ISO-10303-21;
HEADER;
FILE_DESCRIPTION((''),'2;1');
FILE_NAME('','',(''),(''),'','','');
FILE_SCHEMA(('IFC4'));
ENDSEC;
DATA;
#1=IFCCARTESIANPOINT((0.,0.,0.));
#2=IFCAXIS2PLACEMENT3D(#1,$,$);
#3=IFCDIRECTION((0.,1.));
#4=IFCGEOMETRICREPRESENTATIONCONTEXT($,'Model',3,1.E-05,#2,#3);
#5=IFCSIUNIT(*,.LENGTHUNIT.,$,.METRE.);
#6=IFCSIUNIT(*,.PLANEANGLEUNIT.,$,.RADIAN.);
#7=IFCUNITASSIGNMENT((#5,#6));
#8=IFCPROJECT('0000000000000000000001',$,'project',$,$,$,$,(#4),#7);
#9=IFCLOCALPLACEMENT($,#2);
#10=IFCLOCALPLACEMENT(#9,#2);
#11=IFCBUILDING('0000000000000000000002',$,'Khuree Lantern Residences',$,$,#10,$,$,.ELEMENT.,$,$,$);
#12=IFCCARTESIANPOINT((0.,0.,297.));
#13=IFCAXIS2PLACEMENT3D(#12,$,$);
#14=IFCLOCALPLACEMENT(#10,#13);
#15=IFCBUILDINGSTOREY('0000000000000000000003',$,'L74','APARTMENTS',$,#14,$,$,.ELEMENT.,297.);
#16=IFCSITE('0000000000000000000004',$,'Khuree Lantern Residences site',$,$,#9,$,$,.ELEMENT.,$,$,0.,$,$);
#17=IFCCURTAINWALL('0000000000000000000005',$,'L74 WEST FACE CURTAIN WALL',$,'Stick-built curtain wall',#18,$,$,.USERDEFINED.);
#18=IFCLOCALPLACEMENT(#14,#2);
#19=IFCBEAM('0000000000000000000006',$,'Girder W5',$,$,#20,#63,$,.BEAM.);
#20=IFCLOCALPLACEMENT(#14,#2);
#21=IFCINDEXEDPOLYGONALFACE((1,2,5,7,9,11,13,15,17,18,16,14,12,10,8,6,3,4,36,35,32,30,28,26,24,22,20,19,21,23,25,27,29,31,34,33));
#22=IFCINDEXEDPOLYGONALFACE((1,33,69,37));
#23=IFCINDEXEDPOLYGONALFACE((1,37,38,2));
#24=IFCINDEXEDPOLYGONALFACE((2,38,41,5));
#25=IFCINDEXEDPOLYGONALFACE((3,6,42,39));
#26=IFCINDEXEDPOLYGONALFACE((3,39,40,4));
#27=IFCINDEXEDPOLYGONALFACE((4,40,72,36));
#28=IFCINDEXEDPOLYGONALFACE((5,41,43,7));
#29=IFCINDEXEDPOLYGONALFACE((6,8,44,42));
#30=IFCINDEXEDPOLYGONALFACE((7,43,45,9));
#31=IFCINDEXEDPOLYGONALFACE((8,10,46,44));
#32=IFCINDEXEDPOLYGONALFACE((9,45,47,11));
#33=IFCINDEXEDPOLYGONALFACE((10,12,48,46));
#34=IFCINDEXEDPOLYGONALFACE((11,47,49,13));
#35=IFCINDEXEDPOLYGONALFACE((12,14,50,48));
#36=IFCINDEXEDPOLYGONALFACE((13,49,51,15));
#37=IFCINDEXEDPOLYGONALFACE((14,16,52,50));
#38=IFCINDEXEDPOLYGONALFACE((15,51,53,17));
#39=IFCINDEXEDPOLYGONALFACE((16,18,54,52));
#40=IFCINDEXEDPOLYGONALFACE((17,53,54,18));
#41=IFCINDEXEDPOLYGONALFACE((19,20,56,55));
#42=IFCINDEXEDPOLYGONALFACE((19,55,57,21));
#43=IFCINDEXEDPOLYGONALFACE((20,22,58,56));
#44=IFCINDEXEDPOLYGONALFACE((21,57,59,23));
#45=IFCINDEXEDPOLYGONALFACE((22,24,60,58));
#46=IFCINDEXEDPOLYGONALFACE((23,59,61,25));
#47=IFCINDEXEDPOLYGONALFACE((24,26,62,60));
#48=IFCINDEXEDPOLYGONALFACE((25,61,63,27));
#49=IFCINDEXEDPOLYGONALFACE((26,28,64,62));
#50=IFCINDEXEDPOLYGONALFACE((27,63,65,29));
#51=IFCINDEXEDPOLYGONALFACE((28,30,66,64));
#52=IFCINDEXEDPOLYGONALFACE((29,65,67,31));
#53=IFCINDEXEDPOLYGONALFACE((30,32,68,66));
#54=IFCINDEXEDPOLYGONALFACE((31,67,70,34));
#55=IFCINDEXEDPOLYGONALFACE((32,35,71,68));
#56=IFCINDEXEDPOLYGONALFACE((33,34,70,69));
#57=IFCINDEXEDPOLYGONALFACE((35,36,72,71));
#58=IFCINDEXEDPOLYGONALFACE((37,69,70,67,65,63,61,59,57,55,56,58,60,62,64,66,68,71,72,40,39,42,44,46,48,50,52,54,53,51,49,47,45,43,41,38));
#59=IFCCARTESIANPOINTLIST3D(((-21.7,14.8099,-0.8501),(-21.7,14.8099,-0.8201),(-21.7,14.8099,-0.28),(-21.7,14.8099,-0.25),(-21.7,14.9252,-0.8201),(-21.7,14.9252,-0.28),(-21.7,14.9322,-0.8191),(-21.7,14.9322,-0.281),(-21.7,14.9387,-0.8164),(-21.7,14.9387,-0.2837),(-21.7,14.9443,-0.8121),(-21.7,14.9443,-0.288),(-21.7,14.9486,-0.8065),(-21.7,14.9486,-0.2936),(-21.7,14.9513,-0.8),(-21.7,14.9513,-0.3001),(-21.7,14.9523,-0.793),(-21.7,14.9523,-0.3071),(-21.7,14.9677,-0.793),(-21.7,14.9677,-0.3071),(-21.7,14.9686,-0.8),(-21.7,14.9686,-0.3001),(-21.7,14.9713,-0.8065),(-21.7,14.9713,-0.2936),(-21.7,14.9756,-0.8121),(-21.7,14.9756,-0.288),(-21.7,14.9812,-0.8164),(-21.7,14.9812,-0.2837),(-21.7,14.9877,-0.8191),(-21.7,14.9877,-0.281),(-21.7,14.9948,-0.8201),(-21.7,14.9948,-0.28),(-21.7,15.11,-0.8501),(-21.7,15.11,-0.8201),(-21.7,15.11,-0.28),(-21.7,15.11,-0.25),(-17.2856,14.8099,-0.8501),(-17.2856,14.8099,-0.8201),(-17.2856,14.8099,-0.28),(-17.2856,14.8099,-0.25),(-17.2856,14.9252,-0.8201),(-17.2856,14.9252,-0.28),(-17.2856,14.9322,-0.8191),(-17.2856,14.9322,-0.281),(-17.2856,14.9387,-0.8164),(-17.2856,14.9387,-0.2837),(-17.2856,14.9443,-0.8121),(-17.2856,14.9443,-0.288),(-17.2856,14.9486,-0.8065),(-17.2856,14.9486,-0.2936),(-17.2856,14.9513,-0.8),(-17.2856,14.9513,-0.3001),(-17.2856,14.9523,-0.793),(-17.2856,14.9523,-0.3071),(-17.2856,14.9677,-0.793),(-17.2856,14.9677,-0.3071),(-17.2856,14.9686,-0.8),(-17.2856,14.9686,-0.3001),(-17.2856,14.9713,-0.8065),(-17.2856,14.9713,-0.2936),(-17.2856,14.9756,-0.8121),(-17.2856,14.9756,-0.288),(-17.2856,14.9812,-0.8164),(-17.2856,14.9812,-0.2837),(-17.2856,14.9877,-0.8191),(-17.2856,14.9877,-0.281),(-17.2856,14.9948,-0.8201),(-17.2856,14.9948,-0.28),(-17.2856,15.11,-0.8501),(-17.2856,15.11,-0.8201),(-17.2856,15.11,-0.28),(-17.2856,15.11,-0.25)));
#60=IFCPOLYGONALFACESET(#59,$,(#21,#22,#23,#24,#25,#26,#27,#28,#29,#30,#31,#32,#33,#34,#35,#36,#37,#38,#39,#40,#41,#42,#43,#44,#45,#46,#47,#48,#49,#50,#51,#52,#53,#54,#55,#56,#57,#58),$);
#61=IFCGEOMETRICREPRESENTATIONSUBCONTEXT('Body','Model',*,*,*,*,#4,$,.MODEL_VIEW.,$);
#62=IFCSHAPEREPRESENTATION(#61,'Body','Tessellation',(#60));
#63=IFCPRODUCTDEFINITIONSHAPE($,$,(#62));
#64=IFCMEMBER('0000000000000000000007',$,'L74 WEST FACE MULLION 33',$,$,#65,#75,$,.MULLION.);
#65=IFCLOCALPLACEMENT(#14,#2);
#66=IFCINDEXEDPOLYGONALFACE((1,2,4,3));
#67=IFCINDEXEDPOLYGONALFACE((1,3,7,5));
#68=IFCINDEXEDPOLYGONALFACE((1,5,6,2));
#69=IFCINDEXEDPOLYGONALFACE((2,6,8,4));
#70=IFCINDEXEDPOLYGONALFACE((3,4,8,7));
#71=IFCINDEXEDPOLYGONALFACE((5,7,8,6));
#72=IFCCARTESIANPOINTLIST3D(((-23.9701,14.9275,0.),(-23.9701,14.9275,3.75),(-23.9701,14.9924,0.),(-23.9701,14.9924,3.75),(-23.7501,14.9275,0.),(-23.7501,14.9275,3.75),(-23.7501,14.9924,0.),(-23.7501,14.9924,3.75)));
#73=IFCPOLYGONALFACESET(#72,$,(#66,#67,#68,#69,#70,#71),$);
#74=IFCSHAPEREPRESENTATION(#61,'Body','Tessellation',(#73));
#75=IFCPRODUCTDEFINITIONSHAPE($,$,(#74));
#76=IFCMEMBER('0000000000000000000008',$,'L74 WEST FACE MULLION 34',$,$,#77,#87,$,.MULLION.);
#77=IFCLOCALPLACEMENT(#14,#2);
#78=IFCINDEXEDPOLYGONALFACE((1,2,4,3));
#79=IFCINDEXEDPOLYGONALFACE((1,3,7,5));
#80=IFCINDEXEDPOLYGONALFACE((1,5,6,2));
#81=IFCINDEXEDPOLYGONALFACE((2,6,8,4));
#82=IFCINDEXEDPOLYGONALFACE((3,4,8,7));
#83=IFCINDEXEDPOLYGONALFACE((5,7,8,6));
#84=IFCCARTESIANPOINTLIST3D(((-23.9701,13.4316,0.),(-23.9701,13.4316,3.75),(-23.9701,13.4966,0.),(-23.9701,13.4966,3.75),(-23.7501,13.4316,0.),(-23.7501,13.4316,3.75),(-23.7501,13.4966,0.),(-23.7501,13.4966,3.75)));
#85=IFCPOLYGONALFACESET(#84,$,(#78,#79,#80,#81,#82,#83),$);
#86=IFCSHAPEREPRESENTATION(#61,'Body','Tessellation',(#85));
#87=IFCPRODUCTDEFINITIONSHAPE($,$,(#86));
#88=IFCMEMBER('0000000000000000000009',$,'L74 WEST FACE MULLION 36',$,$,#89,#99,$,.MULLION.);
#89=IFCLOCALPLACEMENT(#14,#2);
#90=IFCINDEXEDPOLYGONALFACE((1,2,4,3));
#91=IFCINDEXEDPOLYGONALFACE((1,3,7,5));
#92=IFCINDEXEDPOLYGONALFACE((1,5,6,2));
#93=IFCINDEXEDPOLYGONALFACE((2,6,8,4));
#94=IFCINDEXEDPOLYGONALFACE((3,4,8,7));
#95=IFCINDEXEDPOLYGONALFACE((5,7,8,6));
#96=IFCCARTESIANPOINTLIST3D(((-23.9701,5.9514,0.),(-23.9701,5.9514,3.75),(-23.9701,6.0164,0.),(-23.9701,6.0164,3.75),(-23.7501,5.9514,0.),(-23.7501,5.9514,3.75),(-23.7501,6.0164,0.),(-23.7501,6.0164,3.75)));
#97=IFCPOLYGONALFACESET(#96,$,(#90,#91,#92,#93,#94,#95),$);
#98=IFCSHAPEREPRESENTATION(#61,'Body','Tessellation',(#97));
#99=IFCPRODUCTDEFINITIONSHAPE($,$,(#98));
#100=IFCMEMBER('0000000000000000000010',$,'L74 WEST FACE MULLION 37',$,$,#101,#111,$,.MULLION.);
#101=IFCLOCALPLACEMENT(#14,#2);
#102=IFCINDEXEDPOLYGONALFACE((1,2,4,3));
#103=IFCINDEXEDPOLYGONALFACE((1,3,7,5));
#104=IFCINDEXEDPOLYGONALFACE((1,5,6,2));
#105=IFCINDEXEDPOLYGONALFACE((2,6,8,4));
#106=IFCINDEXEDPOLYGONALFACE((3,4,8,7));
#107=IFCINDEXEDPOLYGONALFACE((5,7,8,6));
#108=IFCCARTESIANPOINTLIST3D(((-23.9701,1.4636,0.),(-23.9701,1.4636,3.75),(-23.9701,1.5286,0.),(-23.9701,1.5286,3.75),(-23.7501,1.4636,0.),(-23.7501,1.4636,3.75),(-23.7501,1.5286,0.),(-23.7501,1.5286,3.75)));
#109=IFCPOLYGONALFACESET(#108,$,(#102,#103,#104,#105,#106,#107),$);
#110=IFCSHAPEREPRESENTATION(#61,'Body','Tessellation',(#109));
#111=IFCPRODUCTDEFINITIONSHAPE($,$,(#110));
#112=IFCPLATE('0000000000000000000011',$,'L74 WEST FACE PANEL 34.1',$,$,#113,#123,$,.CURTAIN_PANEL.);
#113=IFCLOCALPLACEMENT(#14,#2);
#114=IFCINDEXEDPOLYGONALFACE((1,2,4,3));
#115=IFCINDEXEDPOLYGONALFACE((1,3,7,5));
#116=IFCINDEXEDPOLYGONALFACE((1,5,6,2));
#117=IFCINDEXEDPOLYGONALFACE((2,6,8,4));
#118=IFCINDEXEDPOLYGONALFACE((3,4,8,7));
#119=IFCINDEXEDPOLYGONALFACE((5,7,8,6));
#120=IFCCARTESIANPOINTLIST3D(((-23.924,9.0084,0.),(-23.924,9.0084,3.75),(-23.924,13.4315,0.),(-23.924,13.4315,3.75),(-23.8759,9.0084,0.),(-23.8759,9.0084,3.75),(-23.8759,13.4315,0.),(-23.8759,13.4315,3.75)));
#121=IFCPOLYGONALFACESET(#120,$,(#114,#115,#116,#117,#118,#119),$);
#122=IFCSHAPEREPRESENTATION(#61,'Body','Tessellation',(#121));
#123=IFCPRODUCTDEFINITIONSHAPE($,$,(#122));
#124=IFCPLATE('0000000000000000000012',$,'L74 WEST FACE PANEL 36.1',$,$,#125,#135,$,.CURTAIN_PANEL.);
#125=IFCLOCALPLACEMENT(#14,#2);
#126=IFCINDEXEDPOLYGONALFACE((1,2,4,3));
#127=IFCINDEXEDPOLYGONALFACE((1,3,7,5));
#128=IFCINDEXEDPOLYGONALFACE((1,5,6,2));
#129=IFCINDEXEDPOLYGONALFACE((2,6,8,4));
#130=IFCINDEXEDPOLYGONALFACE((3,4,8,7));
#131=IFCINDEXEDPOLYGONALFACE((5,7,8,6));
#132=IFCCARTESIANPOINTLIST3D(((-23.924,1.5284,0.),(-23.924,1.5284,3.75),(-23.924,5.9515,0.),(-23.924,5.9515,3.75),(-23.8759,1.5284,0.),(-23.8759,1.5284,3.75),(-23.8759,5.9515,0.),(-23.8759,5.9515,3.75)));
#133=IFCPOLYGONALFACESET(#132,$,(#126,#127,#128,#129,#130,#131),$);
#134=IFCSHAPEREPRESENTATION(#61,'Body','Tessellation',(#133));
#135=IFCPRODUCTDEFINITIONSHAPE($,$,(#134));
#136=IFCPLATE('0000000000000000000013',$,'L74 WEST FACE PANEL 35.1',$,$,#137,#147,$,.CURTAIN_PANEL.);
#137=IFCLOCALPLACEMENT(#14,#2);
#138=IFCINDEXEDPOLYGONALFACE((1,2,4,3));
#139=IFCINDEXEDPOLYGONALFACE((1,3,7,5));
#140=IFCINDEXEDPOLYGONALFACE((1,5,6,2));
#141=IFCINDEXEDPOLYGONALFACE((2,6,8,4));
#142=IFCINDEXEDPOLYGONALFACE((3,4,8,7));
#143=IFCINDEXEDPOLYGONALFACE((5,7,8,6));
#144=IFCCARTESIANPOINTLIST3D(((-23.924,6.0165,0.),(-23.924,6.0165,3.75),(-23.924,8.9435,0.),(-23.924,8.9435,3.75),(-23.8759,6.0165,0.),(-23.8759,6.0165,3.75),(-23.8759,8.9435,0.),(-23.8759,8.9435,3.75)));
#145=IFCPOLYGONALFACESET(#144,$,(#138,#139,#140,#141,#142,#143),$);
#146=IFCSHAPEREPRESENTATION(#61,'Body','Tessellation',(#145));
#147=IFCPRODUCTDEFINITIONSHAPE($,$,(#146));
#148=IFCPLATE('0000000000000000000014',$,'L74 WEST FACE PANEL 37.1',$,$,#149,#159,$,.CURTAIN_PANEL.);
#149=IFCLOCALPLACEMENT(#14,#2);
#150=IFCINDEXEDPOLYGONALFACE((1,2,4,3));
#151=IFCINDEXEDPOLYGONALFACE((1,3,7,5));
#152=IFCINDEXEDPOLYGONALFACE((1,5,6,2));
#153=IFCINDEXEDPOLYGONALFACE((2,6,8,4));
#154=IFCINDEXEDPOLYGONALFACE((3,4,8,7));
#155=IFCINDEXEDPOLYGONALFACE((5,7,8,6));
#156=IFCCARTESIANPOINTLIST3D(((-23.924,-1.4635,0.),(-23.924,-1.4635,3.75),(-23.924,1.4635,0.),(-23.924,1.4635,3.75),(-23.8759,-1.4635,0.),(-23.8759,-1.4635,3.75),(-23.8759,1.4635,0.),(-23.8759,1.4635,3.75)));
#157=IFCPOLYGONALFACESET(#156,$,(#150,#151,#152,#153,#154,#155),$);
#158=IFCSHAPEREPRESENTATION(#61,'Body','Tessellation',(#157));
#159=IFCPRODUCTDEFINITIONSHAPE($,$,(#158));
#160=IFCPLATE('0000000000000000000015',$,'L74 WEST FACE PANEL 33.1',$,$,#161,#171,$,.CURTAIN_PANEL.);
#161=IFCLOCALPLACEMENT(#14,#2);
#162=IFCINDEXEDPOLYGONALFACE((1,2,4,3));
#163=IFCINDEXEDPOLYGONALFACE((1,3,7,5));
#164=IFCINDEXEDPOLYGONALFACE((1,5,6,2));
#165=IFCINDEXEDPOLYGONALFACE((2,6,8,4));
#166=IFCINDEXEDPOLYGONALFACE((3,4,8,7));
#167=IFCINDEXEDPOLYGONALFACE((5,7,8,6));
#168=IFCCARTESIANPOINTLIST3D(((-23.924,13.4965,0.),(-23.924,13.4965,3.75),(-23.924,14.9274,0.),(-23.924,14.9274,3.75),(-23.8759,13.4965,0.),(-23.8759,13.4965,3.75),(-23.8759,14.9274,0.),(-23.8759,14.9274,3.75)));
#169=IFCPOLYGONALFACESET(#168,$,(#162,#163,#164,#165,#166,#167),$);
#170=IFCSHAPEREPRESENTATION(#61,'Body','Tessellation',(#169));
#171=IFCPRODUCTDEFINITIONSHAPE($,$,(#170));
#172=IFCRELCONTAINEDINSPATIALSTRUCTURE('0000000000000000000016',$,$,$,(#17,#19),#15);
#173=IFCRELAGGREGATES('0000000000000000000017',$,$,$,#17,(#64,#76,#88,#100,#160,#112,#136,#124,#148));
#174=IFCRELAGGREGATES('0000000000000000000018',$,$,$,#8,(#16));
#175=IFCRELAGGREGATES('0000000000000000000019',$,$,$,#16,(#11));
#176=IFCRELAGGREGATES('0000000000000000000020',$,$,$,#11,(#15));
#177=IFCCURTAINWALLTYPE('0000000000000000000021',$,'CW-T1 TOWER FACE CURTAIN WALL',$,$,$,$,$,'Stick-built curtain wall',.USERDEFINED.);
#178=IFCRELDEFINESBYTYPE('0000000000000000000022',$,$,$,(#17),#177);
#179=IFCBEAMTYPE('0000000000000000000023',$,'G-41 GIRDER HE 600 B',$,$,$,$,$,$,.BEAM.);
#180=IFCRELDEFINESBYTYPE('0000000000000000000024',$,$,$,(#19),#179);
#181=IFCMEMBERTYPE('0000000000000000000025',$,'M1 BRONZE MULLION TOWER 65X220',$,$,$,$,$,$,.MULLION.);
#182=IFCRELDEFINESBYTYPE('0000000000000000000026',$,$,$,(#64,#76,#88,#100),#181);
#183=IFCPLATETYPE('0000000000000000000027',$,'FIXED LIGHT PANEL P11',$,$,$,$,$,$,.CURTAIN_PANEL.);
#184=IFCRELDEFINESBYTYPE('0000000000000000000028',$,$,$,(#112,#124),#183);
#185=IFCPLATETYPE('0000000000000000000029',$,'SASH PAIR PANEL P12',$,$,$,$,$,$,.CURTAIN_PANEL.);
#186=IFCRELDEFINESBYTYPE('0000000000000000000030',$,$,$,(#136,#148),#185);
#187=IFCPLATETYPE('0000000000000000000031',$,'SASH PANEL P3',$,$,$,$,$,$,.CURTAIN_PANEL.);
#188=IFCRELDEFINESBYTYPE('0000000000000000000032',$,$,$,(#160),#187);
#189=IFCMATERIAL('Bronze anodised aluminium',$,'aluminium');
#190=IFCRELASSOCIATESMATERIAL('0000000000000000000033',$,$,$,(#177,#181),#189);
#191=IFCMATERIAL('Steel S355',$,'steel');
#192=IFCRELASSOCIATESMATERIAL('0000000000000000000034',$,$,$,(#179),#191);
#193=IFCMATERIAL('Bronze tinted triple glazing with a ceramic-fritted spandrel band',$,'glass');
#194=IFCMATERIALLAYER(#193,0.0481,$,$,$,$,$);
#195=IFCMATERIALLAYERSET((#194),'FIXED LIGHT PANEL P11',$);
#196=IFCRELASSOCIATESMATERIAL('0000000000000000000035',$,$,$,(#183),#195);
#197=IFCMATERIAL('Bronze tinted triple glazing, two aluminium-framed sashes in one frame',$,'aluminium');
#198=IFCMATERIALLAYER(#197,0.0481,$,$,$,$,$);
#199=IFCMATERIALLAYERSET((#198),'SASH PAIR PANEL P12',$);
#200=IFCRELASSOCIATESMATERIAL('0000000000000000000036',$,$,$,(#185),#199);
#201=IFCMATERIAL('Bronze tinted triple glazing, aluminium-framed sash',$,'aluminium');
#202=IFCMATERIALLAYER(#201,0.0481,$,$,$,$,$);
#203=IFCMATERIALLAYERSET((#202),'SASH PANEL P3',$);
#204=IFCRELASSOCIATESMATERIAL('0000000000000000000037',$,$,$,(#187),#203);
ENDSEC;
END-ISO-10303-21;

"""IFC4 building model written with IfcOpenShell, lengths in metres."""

from ifc_helpers import new_model, si_unit, direction, frame, origin, origin_2d, place, context, subcontext, project, spatial, rectangle, i_section, extrude, material, layer, layer_set, material_profile, profile_set, type_object, element, aggregate, save


model = new_model("IFC4")

# Units and contexts
model_context = context("Model", 3, precision=1e-05, world=origin(), true_north=direction((0.0, 1.0)))
body_context = subcontext(model_context, "Body", "Model", "MODEL_VIEW")
ifc_project = project(units=[si_unit("LENGTHUNIT", "METRE"), si_unit("PLANEANGLEUNIT", "RADIAN")], contexts=[model_context])

# Site, building, storey
site_placement = place(None, origin())
site = spatial("IfcSite", under=ifc_project, at=site_placement, Name="Khuree Lantern Residences site", CompositionType="ELEMENT", RefElevation=0.0)
building_placement = place(site_placement, origin())
building = spatial("IfcBuilding", under=site, at=building_placement, Name="Khuree Lantern Residences", CompositionType="ELEMENT")
storey_placement = place(building_placement, frame((0.0, 0.0, 297.0)))
storey = spatial("IfcBuildingStorey", under=building, at=storey_placement, Name="L74", Description="APARTMENTS", CompositionType="ELEMENT", Elevation=297.0)

# Shared definitions
ifc_material_1 = material(Name="Steel S355", Category="steel")

# Curtain wall
ifc_material_2 = material(Name="Bronze anodised aluminium", Category="aluminium")
curtain_wall_type = type_object("IfcCurtainWallType", Name="CW-T1 TOWER FACE CURTAIN WALL", ElementType="Stick-built curtain wall", PredefinedType="USERDEFINED", material=ifc_material_2)
curtain_wall_placement = place(storey_placement, origin())
curtain_wall = element("IfcCurtainWall", 1, at=curtain_wall_placement, inside=storey, type_object=curtain_wall_type, Name="L74 WEST FACE CURTAIN WALL", ObjectType="Stick-built curtain wall", PredefinedType="USERDEFINED")

# Beam
ifc_material_profile_1 = material_profile(ifc_material_1, i_section(OverallWidth=0.3, OverallDepth=0.6001, WebThickness=0.0154, FlangeThickness=0.03, FilletRadius=0.0271, at=origin_2d()), Name="HE 600 B")
ifc_profile_set_1 = profile_set([ifc_material_profile_1], Name="Steel S355")
beam_type_1 = type_object("IfcBeamType", Name="G-41 GIRDER HE 600 B", PredefinedType="BEAM", material=ifc_profile_set_1)
beam_placement = place(storey_placement, frame((-21.7, 14.96, -0.55), z_axis=(1.0, 0.0, 0.0), x_axis=(0.0, 1.0, 0.0)))
element("IfcBeam", 2, at=beam_placement, inside=storey, type_object=beam_type_1, Name="Girder W5", PredefinedType="BEAM", context=body_context, shape_type="SweptSolid", body=[
    extrude(i_section(OverallWidth=0.3, OverallDepth=0.6001, WebThickness=0.0154, FlangeThickness=0.03, FilletRadius=0.0271, at=origin_2d()), origin(), (0.0, 0.0, 1.0), 4.4143),
])

# Members
ifc_material_profile_2 = material_profile(ifc_material_2, rectangle(XDim=0.0649, YDim=0.22, at=origin_2d()), Name="M1 65X220")
ifc_profile_set_2 = profile_set([ifc_material_profile_2], Name="Bronze anodised aluminium")
member_type_1 = type_object("IfcMemberType", Name="M1 BRONZE MULLION TOWER 65X220", PredefinedType="MULLION", material=ifc_profile_set_2)
member_1_placement = place(storey_placement, frame((-23.8601, 14.96, 0.0), z_axis=(0.0, 0.0, 1.0), x_axis=(0.0, -1.0, 0.0)))
member_1 = element("IfcMember", 3, at=member_1_placement, type_object=member_type_1, Name="L74 WEST FACE MULLION 33", PredefinedType="MULLION", context=body_context, shape_type="SweptSolid", body=[
    extrude(rectangle(XDim=0.0649, YDim=0.22, at=origin_2d()), origin(), (0.0, 0.0, 1.0), 3.75),
])
member_2_placement = place(storey_placement, frame((-23.8601, 13.4641, 0.0), z_axis=(0.0, 0.0, 1.0), x_axis=(0.0, -1.0, 0.0)))
member_2 = element("IfcMember", 4, at=member_2_placement, type_object=member_type_1, Name="L74 WEST FACE MULLION 34", PredefinedType="MULLION", context=body_context, shape_type="SweptSolid", body=[
    extrude(rectangle(XDim=0.0649, YDim=0.22, at=origin_2d()), origin(), (0.0, 0.0, 1.0), 3.75),
])
member_3_placement = place(storey_placement, frame((-23.8601, 5.9839, 0.0), z_axis=(0.0, 0.0, 1.0), x_axis=(0.0, -1.0, 0.0)))
member_3 = element("IfcMember", 5, at=member_3_placement, type_object=member_type_1, Name="L74 WEST FACE MULLION 36", PredefinedType="MULLION", context=body_context, shape_type="SweptSolid", body=[
    extrude(rectangle(XDim=0.0649, YDim=0.22, at=origin_2d()), origin(), (0.0, 0.0, 1.0), 3.75),
])
member_4_placement = place(storey_placement, frame((-23.8601, 1.4961, 0.0), z_axis=(0.0, 0.0, 1.0), x_axis=(0.0, -1.0, 0.0)))
member_4 = element("IfcMember", 6, at=member_4_placement, type_object=member_type_1, Name="L74 WEST FACE MULLION 37", PredefinedType="MULLION", context=body_context, shape_type="SweptSolid", body=[
    extrude(rectangle(XDim=0.0649, YDim=0.22, at=origin_2d()), origin(), (0.0, 0.0, 1.0), 3.75),
])

# Plates
ifc_material_3 = material(Name="Bronze tinted triple glazing with a ceramic-fritted spandrel band", Category="glass")
ifc_layer_1 = layer(ifc_material_3, 0.0481)
ifc_layer_set_1 = layer_set([ifc_layer_1], Name="FIXED LIGHT PANEL P11")
plate_type_1 = type_object("IfcPlateType", Name="FIXED LIGHT PANEL P11", PredefinedType="CURTAIN_PANEL", material=ifc_layer_set_1)
plate_1_placement = place(storey_placement, frame((-23.8999, 11.22, 0.0), z_axis=(0.0, 0.0, 1.0), x_axis=(0.0, -1.0, 0.0)))
plate_1 = element("IfcPlate", 7, at=plate_1_placement, type_object=plate_type_1, Name="L74 WEST FACE PANEL 34.1", PredefinedType="CURTAIN_PANEL", context=body_context, shape_type="SweptSolid", body=[
    extrude(rectangle(XDim=4.4231, YDim=0.0481, at=origin_2d()), origin(), (0.0, 0.0, 1.0), 3.75),
])
plate_2_placement = place(storey_placement, frame((-23.8999, 3.74, 0.0), z_axis=(0.0, 0.0, 1.0), x_axis=(0.0, -1.0, 0.0)))
plate_2 = element("IfcPlate", 8, at=plate_2_placement, type_object=plate_type_1, Name="L74 WEST FACE PANEL 36.1", PredefinedType="CURTAIN_PANEL", context=body_context, shape_type="SweptSolid", body=[
    extrude(rectangle(XDim=4.4231, YDim=0.0481, at=origin_2d()), origin(), (0.0, 0.0, 1.0), 3.75),
])
ifc_material_4 = material(Name="Bronze tinted triple glazing, two aluminium-framed sashes in one frame", Category="aluminium")
ifc_layer_2 = layer(ifc_material_4, 0.0481)
ifc_layer_set_2 = layer_set([ifc_layer_2], Name="SASH PAIR PANEL P12")
plate_type_2 = type_object("IfcPlateType", Name="SASH PAIR PANEL P12", PredefinedType="CURTAIN_PANEL", material=ifc_layer_set_2)
plate_3_placement = place(storey_placement, frame((-23.8999, 7.48, 0.0), z_axis=(0.0, 0.0, 1.0), x_axis=(0.0, -1.0, 0.0)))
plate_3 = element("IfcPlate", 9, at=plate_3_placement, type_object=plate_type_2, Name="L74 WEST FACE PANEL 35.1", PredefinedType="CURTAIN_PANEL", context=body_context, shape_type="SweptSolid", body=[
    extrude(rectangle(XDim=2.927, YDim=0.0481, at=origin_2d()), origin(), (0.0, 0.0, 1.0), 3.75),
])
plate_4_placement = place(storey_placement, frame((-23.8999, 0.0, 0.0), z_axis=(0.0, 0.0, 1.0), x_axis=(0.0, -1.0, 0.0)))
plate_4 = element("IfcPlate", 10, at=plate_4_placement, type_object=plate_type_2, Name="L74 WEST FACE PANEL 37.1", PredefinedType="CURTAIN_PANEL", context=body_context, shape_type="SweptSolid", body=[
    extrude(rectangle(XDim=2.927, YDim=0.0481, at=origin_2d()), origin(), (0.0, 0.0, 1.0), 3.75),
])
ifc_material_5 = material(Name="Bronze tinted triple glazing, aluminium-framed sash", Category="aluminium")
ifc_layer_3 = layer(ifc_material_5, 0.0481)
ifc_layer_set_3 = layer_set([ifc_layer_3], Name="SASH PANEL P3")
plate_type_3 = type_object("IfcPlateType", Name="SASH PANEL P3", PredefinedType="CURTAIN_PANEL", material=ifc_layer_set_3)
plate_5_placement = place(storey_placement, frame((-23.8999, 14.2119, 0.0), z_axis=(0.0, 0.0, 1.0), x_axis=(0.0, -1.0, 0.0)))
plate_5 = element("IfcPlate", 11, at=plate_5_placement, type_object=plate_type_3, Name="L74 WEST FACE PANEL 33.1", PredefinedType="CURTAIN_PANEL", context=body_context, shape_type="SweptSolid", body=[
    extrude(rectangle(XDim=1.4309, YDim=0.0481, at=origin_2d()), origin(), (0.0, 0.0, 1.0), 3.75),
])
aggregate(curtain_wall, [member_1, member_2, member_3, member_4, plate_5, plate_1, plate_3, plate_2, plate_4])

save(model, "model.ifc")
